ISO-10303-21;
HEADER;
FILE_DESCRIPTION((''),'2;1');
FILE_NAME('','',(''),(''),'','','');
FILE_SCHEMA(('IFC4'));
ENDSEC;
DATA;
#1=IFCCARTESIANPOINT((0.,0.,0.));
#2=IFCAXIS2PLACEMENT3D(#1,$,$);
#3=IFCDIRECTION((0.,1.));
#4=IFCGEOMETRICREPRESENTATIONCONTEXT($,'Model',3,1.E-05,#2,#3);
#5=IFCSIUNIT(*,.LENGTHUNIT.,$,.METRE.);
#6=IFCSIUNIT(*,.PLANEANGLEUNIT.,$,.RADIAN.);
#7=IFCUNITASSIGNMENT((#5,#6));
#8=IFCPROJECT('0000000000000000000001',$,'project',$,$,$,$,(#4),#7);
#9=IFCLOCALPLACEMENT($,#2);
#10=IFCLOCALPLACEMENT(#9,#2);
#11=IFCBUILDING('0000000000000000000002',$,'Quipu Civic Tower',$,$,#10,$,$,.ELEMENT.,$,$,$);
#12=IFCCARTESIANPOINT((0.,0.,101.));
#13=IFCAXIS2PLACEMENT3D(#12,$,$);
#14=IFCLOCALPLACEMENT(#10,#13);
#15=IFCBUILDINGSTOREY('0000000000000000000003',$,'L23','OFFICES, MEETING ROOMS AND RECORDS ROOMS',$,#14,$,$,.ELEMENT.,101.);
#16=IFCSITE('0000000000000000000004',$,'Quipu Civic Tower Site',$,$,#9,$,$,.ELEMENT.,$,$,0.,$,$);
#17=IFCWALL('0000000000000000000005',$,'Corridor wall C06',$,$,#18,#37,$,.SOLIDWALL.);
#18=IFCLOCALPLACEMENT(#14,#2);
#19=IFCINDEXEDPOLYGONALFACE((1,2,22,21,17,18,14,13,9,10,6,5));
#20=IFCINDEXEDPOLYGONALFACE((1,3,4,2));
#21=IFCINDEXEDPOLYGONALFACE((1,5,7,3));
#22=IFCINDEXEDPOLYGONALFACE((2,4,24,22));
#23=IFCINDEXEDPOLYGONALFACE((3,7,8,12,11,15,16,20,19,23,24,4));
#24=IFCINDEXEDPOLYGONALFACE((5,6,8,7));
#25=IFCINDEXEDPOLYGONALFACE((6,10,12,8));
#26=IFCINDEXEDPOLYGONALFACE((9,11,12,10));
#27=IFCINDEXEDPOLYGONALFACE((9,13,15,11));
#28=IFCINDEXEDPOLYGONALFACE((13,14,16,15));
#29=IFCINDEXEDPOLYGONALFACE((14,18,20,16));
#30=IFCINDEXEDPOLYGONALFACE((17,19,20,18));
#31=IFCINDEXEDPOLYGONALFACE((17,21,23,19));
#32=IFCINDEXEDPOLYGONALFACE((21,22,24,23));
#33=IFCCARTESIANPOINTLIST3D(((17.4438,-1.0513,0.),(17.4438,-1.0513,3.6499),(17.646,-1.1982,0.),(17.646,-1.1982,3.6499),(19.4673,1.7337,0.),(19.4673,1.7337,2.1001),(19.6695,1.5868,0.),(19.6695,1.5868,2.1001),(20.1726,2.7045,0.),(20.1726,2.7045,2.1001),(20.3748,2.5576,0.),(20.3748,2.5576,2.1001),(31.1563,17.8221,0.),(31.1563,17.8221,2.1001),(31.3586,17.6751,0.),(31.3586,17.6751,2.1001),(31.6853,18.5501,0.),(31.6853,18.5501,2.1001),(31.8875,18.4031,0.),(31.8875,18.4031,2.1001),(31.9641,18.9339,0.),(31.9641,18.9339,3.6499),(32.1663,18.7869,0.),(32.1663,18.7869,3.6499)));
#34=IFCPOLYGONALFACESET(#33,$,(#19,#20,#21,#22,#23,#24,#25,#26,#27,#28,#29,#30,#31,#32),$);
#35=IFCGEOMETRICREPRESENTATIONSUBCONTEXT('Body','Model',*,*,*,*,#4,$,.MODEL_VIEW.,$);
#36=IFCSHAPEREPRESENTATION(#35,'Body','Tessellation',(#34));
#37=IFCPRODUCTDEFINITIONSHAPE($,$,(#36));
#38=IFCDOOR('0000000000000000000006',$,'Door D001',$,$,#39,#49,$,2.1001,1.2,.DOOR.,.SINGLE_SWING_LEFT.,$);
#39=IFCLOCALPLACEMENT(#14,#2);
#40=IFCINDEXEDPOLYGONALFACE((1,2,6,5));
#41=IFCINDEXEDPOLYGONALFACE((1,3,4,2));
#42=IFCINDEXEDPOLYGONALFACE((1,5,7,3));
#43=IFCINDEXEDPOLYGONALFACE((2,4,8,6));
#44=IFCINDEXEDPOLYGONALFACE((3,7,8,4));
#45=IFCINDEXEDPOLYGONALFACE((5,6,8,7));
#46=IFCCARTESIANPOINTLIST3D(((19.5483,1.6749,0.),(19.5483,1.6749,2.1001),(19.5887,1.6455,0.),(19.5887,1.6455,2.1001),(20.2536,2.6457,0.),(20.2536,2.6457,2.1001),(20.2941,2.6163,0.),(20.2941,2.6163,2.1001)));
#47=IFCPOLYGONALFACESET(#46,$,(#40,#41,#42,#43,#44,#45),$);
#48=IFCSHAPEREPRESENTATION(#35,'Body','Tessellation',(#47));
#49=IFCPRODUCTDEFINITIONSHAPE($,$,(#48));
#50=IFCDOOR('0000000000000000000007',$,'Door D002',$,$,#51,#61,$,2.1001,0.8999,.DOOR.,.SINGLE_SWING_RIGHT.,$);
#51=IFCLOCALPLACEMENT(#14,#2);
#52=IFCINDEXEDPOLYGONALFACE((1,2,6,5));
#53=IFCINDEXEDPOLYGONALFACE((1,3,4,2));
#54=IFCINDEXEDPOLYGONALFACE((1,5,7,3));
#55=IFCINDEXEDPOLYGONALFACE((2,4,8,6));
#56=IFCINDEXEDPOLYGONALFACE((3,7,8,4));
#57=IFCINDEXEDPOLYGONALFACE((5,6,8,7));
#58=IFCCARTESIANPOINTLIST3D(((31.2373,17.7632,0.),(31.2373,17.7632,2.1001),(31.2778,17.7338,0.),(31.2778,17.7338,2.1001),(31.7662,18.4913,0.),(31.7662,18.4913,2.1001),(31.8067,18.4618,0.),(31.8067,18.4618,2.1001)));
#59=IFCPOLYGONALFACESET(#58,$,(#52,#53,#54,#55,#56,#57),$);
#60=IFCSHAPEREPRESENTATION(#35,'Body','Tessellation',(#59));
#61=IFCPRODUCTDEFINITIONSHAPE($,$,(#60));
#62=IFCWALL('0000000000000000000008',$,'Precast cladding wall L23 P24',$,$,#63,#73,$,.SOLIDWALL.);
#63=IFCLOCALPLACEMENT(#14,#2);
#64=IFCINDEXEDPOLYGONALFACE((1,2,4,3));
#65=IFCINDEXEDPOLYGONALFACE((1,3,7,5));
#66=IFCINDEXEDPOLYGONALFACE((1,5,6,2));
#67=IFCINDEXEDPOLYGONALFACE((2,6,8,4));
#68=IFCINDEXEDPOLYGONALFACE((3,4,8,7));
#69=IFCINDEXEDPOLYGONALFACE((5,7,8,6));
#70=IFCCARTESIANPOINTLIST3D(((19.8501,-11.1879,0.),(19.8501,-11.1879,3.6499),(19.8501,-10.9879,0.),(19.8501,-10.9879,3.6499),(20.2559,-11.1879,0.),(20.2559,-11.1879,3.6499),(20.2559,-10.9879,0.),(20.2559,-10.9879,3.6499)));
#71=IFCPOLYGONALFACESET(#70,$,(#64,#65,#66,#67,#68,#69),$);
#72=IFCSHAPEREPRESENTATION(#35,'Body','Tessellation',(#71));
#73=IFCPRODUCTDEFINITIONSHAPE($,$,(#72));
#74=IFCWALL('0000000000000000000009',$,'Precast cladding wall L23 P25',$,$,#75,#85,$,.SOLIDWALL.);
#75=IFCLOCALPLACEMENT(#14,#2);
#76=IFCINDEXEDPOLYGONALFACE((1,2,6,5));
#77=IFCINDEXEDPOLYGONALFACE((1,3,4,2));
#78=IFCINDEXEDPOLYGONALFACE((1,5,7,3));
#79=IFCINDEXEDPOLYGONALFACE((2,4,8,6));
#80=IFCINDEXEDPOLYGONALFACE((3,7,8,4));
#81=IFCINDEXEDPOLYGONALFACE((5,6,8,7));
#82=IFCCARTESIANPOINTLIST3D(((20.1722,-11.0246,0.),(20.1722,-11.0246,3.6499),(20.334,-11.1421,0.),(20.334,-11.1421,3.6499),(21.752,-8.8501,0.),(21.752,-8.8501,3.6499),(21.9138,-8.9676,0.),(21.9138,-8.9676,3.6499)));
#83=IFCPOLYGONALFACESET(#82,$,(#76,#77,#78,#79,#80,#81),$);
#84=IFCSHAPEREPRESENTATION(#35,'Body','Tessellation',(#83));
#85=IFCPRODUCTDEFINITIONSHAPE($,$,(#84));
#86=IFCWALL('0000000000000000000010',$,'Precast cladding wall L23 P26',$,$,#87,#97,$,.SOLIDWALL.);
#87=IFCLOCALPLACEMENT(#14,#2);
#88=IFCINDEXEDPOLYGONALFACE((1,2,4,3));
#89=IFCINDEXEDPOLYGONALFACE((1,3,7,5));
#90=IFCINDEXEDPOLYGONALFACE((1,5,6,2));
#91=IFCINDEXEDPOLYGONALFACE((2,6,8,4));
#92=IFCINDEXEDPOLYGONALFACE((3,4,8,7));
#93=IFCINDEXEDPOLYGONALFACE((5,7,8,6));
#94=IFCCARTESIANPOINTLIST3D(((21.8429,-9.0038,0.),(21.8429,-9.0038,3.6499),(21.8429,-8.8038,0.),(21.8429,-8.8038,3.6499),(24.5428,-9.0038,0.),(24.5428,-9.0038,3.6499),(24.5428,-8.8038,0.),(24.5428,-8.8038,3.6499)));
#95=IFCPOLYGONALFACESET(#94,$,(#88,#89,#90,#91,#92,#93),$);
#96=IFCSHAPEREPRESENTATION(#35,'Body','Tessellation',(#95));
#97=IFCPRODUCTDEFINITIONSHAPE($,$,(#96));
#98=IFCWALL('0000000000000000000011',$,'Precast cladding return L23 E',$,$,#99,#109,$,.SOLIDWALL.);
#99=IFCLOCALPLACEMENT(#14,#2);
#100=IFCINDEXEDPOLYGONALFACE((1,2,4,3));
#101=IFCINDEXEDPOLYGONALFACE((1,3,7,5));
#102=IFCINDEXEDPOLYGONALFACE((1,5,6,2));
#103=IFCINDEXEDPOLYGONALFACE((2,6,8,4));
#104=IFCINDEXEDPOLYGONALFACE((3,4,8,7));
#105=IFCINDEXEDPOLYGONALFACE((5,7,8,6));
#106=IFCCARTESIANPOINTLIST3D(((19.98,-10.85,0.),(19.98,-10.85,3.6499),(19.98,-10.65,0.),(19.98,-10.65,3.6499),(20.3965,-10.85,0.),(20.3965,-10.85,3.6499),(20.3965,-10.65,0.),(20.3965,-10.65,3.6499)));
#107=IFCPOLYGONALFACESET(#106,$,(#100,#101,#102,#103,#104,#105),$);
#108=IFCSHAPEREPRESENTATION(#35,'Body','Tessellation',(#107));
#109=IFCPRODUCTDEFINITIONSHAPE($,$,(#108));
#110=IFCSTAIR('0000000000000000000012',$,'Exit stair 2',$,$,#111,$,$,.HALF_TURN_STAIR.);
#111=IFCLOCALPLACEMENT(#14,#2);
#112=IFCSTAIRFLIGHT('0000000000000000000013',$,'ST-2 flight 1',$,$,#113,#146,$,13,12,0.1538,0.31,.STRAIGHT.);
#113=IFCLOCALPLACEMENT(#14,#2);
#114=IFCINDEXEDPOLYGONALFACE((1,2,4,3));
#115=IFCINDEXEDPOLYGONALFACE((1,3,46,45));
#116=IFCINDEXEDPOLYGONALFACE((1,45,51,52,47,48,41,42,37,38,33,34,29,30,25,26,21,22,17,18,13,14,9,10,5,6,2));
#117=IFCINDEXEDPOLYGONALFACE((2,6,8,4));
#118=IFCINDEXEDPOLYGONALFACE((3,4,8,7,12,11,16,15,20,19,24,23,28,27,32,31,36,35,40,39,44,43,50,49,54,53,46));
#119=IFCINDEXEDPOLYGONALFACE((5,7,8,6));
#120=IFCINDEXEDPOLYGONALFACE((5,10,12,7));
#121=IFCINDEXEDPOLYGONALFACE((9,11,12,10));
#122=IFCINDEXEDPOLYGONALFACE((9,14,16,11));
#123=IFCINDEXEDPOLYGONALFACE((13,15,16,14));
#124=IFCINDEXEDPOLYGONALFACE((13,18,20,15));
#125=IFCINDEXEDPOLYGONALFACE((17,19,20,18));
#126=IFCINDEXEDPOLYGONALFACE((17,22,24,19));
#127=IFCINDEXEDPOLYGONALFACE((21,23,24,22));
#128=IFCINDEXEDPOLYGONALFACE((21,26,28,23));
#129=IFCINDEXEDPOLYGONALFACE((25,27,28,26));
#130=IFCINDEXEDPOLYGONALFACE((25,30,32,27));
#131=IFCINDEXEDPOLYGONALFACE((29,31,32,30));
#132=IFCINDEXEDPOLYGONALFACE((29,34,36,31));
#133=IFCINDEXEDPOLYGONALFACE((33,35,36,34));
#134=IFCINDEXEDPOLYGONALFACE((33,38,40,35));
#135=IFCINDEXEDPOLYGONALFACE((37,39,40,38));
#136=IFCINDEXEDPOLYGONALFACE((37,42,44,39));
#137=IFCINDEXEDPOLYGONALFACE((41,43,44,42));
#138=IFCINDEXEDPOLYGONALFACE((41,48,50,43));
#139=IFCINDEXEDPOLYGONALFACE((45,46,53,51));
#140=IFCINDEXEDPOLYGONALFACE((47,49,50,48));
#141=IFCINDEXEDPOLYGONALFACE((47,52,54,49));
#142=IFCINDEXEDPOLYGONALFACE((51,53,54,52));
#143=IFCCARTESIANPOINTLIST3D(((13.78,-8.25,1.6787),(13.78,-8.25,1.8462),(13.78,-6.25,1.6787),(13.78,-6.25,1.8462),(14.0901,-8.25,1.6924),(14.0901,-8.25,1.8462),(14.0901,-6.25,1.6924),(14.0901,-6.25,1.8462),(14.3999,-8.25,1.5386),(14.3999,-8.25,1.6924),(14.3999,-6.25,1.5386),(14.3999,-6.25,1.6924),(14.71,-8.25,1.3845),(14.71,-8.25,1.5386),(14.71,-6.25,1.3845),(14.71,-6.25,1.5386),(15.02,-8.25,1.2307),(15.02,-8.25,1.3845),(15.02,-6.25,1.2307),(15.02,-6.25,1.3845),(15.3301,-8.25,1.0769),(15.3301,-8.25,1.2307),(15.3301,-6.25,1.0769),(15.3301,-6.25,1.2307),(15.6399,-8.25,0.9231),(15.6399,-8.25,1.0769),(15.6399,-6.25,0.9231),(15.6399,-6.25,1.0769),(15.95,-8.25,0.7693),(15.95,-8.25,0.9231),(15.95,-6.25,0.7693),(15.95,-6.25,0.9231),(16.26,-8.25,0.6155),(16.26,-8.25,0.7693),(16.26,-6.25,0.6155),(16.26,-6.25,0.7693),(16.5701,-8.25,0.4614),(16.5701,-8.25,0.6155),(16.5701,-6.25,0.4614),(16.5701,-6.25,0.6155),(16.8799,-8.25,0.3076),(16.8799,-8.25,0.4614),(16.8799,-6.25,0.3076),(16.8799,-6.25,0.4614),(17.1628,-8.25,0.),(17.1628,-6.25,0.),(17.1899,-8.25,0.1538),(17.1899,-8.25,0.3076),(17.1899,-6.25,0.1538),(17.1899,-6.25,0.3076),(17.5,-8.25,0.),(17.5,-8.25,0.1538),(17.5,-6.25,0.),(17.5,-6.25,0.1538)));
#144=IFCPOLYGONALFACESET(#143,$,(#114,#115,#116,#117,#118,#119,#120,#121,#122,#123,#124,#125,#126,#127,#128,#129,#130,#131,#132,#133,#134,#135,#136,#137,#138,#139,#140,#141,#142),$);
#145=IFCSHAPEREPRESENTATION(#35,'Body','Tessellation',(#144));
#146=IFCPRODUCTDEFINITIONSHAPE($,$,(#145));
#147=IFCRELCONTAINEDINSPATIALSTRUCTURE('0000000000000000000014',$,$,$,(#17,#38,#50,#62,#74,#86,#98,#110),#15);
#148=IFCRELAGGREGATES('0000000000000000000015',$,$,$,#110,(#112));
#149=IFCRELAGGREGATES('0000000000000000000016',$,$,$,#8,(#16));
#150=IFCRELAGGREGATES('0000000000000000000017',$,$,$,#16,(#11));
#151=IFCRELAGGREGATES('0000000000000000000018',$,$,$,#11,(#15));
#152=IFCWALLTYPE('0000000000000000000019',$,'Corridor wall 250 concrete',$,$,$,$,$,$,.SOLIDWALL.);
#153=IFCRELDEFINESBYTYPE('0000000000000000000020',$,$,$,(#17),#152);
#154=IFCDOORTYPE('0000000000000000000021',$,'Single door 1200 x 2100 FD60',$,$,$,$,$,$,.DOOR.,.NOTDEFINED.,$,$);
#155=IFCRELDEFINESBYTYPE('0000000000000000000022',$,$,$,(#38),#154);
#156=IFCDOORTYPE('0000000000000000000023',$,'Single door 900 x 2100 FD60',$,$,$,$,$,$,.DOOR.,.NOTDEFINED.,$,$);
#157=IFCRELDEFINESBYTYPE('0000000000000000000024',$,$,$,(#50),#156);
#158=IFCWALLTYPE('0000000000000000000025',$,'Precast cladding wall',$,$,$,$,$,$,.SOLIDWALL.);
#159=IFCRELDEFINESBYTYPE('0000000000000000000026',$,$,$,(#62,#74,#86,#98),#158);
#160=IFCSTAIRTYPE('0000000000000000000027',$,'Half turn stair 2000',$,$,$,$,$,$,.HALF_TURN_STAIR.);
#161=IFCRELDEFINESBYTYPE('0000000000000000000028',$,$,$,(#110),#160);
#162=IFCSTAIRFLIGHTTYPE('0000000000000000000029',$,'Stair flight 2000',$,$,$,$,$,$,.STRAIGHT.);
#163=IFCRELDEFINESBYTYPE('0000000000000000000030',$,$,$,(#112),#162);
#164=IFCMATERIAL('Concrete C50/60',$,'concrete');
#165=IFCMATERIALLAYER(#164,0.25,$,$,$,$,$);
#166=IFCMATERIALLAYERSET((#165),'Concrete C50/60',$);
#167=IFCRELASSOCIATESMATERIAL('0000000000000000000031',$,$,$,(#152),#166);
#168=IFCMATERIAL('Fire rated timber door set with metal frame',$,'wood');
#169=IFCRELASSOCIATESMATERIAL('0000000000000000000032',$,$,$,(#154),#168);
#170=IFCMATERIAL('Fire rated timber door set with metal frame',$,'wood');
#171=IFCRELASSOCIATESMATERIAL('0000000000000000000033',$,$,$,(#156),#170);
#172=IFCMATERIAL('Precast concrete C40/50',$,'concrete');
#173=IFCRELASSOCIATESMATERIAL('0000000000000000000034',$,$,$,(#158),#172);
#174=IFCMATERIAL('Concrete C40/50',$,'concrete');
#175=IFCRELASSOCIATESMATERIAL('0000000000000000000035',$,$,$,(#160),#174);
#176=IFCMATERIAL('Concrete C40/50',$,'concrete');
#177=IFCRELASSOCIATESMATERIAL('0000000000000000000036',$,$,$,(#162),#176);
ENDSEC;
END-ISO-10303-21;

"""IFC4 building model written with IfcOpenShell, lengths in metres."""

from ifc_helpers import new_model, si_unit, direction, frame, frame_2d, origin, place, context, subcontext, project, spatial, polyline, rectangle, outline, extrude, material, layer, layer_set, type_object, element, fill, aggregate, save


model = new_model("IFC4")

# Units and contexts
model_context = context("Model", 3, precision=1e-05, world=origin(), true_north=direction((0.0, 1.0)))
body_context = subcontext(model_context, "Body", "Model", "MODEL_VIEW")
ifc_project = project(units=[si_unit("LENGTHUNIT", "METRE"), si_unit("PLANEANGLEUNIT", "RADIAN")], contexts=[model_context])

# Site, building, storey
site_placement = place(None, origin())
site = spatial("IfcSite", under=ifc_project, at=site_placement, Name="Quipu Civic Tower Site", CompositionType="ELEMENT", RefElevation=0.0)
building_placement = place(site_placement, origin())
building = spatial("IfcBuilding", under=site, at=building_placement, Name="Quipu Civic Tower", CompositionType="ELEMENT")
storey_placement = place(building_placement, frame((0.0, 0.0, 101.0)))
storey = spatial("IfcBuildingStorey", under=building, at=storey_placement, Name="L23", Description="OFFICES, MEETING ROOMS AND RECORDS ROOMS", CompositionType="ELEMENT", Elevation=101.0)

# Wall, openings, doors
ifc_material_1 = material(Name="Concrete C50/60", Category="concrete")
ifc_layer_1 = layer(ifc_material_1, 0.25)
ifc_layer_set_1 = layer_set([ifc_layer_1], Name="Concrete C50/60")
wall_type_1 = type_object("IfcWallType", Name="Corridor wall 250 concrete", PredefinedType="SOLIDWALL", material=ifc_layer_set_1)
wall_1_placement = place(storey_placement, frame((17.5449, -1.1248, 0.0), z_axis=(0.0, 0.0, 1.0), x_axis=(0.587791, 0.809013, 0.0)))
wall_1 = element("IfcWall", 1, at=wall_1_placement, inside=storey, type_object=wall_type_1, Name="Corridor wall C06", PredefinedType="SOLIDWALL", context=body_context, shape_type="SweptSolid", body=[
    extrude(rectangle(XDim=24.7031, YDim=0.25, at=frame_2d((12.3516, 0.0))), origin(), (0.0, 0.0, 1.0), 3.6499),
])
opening_1_placement = place(wall_1_placement, frame((3.4424, 0.0, 0.0)))
opening_1 = element("IfcOpeningElement", 2, at=opening_1_placement, cuts=wall_1, PredefinedType="OPENING", context=body_context, shape_type="SweptSolid", body=[
    extrude(rectangle(XDim=1.2, YDim=2.1001, at=frame_2d((0.6001, 1.05))), frame((0.0, 0.135, 0.0), z_axis=(0.0, -1.0, 0.0), x_axis=(1.0, 0.0, 0.0)), (0.0, 0.0, 1.0), 0.27),
])
opening_2_placement = place(wall_1_placement, frame((23.3289, 0.0, 0.0)))
opening_2 = element("IfcOpeningElement", 3, at=opening_2_placement, cuts=wall_1, PredefinedType="OPENING", context=body_context, shape_type="SweptSolid", body=[
    extrude(rectangle(XDim=0.8999, YDim=2.1001, at=frame_2d((0.45, 1.05))), frame((0.0, 0.135, 0.0), z_axis=(0.0, -1.0, 0.0), x_axis=(1.0, 0.0, 0.0)), (0.0, 0.0, 1.0), 0.27),
])
ifc_material_2 = material(Name="Fire rated timber door set with metal frame", Category="wood")
door_type_1 = type_object("IfcDoorType", Name="Single door 1200 x 2100 FD60", OperationType="NOTDEFINED", PredefinedType="DOOR", material=ifc_material_2)
door_1_placement = place(opening_1_placement, origin())
door_1 = element("IfcDoor", 4, at=door_1_placement, inside=storey, type_object=door_type_1, Name="Door D001", OperationType="SINGLE_SWING_LEFT", OverallHeight=2.1001, OverallWidth=1.2, PredefinedType="DOOR", context=body_context, shape_type="SweptSolid", body=[
    extrude(rectangle(XDim=1.2, YDim=2.1001, at=frame_2d((0.6001, 1.05))), frame((0.0, 0.0249, 0.0), z_axis=(0.0, -1.0, 0.0), x_axis=(1.0, 0.0, 0.0)), (0.0, 0.0, 1.0), 0.05),
])
fill(opening_1, door_1)
ifc_material_3 = material(Name="Fire rated timber door set with metal frame", Category="wood")
door_type_2 = type_object("IfcDoorType", Name="Single door 900 x 2100 FD60", OperationType="NOTDEFINED", PredefinedType="DOOR", material=ifc_material_3)
door_2_placement = place(opening_2_placement, origin())
door_2 = element("IfcDoor", 5, at=door_2_placement, inside=storey, type_object=door_type_2, Name="Door D002", OperationType="SINGLE_SWING_RIGHT", OverallHeight=2.1001, OverallWidth=0.8999, PredefinedType="DOOR", context=body_context, shape_type="SweptSolid", body=[
    extrude(rectangle(XDim=0.8999, YDim=2.1001, at=frame_2d((0.45, 1.05))), frame((0.0, 0.0249, 0.0), z_axis=(0.0, -1.0, 0.0), x_axis=(1.0, 0.0, 0.0)), (0.0, 0.0, 1.0), 0.05),
])
fill(opening_2, door_2)

# Walls
ifc_material_4 = material(Name="Precast concrete C40/50", Category="concrete")
wall_type_2 = type_object("IfcWallType", Name="Precast cladding wall", PredefinedType="SOLIDWALL", material=ifc_material_4)
wall_2_placement = place(storey_placement, frame((19.8501, -11.0879, 0.0), z_axis=(0.0, 0.0, 1.0), x_axis=(1.0, 0.0, 0.0)))
element("IfcWall", 6, at=wall_2_placement, inside=storey, type_object=wall_type_2, Name="Precast cladding wall L23 P24", PredefinedType="SOLIDWALL", context=body_context, shape_type="SweptSolid", body=[
    extrude(rectangle(XDim=0.4058, YDim=0.2, at=frame_2d((0.2029, 0.0))), origin(), (0.0, 0.0, 1.0), 3.6499),
])
wall_3_placement = place(storey_placement, frame((20.2532, -11.0833, 0.0), z_axis=(0.0, 0.0, 1.0), x_axis=(0.587767, 0.809031, 0.0)))
element("IfcWall", 7, at=wall_3_placement, inside=storey, type_object=wall_type_2, Name="Precast cladding wall L23 P25", PredefinedType="SOLIDWALL", context=body_context, shape_type="SweptSolid", body=[
    extrude(rectangle(XDim=2.6877, YDim=0.2, at=frame_2d((1.3438, 0.0))), origin(), (0.0, 0.0, 1.0), 3.6499),
])
wall_4_placement = place(storey_placement, frame((21.8428, -8.9038, 0.0), z_axis=(0.0, 0.0, 1.0), x_axis=(1.0, 0.0, 0.0)))
element("IfcWall", 8, at=wall_4_placement, inside=storey, type_object=wall_type_2, Name="Precast cladding wall L23 P26", PredefinedType="SOLIDWALL", context=body_context, shape_type="SweptSolid", body=[
    extrude(rectangle(XDim=2.7, YDim=0.2, at=frame_2d((1.3501, 0.0))), origin(), (0.0, 0.0, 1.0), 3.6499),
])
wall_5_placement = place(storey_placement, frame((19.98, -10.75, 0.0), z_axis=(0.0, 0.0, 1.0), x_axis=(1.0, 0.0, 0.0)))
element("IfcWall", 9, at=wall_5_placement, inside=storey, type_object=wall_type_2, Name="Precast cladding return L23 E", PredefinedType="SOLIDWALL", context=body_context, shape_type="SweptSolid", body=[
    extrude(rectangle(XDim=0.4165, YDim=0.2, at=frame_2d((0.2083, 0.0))), origin(), (0.0, 0.0, 1.0), 3.6499),
])

# Stair, stair flight
ifc_material_5 = material(Name="Concrete C40/50", Category="concrete")
stair_type = type_object("IfcStairType", Name="Half turn stair 2000", PredefinedType="HALF_TURN_STAIR", material=ifc_material_5)
stair_placement = place(storey_placement, origin())
stair = element("IfcStair", 10, at=stair_placement, inside=storey, type_object=stair_type, Name="Exit stair 2", PredefinedType="HALF_TURN_STAIR")
ifc_material_6 = material(Name="Concrete C40/50", Category="concrete")
stair_flight_type = type_object("IfcStairFlightType", Name="Stair flight 2000", PredefinedType="STRAIGHT", material=ifc_material_6)
stair_flight_placement = place(storey_placement, frame((17.5, -7.25, 0.0), z_axis=(0.0, 0.0, 1.0), x_axis=(-1.0, 0.0, 0.0)))
stair_flight = element("IfcStairFlight", 11, at=stair_flight_placement, type_object=stair_flight_type, Name="ST-2 flight 1", NumberOfRisers=13, NumberOfTreads=12, PredefinedType="STRAIGHT", RiserHeight=0.1538, TreadLength=0.31, context=body_context, shape_type="SweptSolid", body=[
    extrude(outline(polyline([(0.0, 0.0), (0.0, 0.1538), (0.3101, 0.1538), (0.3101, 0.3076), (0.6201, 0.3076), (0.6201, 0.4614), (0.9299, 0.4614), (0.9299, 0.6155), (1.24, 0.6155), (1.24, 0.7693), (1.55, 0.7693), (1.55, 0.9231), (1.8601, 0.9231), (1.8601, 1.0769), (2.1699, 1.0769), (2.1699, 1.2307), (2.48, 1.2307), (2.48, 1.3845), (2.79, 1.3845), (2.79, 1.5386), (3.1001, 1.5386), (3.1001, 1.6924), (3.4099, 1.6924), (3.4099, 1.8462), (3.72, 1.8462), (3.72, 2.0), (3.72, 1.6787), (0.3372, 0.0), (0.0, 0.0)])), frame((0.0, 1.0, 0.0), z_axis=(0.0, -1.0, 0.0), x_axis=(1.0, 0.0, 0.0)), (0.0, 0.0, 1.0), 2.0),
])
aggregate(stair, [stair_flight])

save(model, "model.ifc")
